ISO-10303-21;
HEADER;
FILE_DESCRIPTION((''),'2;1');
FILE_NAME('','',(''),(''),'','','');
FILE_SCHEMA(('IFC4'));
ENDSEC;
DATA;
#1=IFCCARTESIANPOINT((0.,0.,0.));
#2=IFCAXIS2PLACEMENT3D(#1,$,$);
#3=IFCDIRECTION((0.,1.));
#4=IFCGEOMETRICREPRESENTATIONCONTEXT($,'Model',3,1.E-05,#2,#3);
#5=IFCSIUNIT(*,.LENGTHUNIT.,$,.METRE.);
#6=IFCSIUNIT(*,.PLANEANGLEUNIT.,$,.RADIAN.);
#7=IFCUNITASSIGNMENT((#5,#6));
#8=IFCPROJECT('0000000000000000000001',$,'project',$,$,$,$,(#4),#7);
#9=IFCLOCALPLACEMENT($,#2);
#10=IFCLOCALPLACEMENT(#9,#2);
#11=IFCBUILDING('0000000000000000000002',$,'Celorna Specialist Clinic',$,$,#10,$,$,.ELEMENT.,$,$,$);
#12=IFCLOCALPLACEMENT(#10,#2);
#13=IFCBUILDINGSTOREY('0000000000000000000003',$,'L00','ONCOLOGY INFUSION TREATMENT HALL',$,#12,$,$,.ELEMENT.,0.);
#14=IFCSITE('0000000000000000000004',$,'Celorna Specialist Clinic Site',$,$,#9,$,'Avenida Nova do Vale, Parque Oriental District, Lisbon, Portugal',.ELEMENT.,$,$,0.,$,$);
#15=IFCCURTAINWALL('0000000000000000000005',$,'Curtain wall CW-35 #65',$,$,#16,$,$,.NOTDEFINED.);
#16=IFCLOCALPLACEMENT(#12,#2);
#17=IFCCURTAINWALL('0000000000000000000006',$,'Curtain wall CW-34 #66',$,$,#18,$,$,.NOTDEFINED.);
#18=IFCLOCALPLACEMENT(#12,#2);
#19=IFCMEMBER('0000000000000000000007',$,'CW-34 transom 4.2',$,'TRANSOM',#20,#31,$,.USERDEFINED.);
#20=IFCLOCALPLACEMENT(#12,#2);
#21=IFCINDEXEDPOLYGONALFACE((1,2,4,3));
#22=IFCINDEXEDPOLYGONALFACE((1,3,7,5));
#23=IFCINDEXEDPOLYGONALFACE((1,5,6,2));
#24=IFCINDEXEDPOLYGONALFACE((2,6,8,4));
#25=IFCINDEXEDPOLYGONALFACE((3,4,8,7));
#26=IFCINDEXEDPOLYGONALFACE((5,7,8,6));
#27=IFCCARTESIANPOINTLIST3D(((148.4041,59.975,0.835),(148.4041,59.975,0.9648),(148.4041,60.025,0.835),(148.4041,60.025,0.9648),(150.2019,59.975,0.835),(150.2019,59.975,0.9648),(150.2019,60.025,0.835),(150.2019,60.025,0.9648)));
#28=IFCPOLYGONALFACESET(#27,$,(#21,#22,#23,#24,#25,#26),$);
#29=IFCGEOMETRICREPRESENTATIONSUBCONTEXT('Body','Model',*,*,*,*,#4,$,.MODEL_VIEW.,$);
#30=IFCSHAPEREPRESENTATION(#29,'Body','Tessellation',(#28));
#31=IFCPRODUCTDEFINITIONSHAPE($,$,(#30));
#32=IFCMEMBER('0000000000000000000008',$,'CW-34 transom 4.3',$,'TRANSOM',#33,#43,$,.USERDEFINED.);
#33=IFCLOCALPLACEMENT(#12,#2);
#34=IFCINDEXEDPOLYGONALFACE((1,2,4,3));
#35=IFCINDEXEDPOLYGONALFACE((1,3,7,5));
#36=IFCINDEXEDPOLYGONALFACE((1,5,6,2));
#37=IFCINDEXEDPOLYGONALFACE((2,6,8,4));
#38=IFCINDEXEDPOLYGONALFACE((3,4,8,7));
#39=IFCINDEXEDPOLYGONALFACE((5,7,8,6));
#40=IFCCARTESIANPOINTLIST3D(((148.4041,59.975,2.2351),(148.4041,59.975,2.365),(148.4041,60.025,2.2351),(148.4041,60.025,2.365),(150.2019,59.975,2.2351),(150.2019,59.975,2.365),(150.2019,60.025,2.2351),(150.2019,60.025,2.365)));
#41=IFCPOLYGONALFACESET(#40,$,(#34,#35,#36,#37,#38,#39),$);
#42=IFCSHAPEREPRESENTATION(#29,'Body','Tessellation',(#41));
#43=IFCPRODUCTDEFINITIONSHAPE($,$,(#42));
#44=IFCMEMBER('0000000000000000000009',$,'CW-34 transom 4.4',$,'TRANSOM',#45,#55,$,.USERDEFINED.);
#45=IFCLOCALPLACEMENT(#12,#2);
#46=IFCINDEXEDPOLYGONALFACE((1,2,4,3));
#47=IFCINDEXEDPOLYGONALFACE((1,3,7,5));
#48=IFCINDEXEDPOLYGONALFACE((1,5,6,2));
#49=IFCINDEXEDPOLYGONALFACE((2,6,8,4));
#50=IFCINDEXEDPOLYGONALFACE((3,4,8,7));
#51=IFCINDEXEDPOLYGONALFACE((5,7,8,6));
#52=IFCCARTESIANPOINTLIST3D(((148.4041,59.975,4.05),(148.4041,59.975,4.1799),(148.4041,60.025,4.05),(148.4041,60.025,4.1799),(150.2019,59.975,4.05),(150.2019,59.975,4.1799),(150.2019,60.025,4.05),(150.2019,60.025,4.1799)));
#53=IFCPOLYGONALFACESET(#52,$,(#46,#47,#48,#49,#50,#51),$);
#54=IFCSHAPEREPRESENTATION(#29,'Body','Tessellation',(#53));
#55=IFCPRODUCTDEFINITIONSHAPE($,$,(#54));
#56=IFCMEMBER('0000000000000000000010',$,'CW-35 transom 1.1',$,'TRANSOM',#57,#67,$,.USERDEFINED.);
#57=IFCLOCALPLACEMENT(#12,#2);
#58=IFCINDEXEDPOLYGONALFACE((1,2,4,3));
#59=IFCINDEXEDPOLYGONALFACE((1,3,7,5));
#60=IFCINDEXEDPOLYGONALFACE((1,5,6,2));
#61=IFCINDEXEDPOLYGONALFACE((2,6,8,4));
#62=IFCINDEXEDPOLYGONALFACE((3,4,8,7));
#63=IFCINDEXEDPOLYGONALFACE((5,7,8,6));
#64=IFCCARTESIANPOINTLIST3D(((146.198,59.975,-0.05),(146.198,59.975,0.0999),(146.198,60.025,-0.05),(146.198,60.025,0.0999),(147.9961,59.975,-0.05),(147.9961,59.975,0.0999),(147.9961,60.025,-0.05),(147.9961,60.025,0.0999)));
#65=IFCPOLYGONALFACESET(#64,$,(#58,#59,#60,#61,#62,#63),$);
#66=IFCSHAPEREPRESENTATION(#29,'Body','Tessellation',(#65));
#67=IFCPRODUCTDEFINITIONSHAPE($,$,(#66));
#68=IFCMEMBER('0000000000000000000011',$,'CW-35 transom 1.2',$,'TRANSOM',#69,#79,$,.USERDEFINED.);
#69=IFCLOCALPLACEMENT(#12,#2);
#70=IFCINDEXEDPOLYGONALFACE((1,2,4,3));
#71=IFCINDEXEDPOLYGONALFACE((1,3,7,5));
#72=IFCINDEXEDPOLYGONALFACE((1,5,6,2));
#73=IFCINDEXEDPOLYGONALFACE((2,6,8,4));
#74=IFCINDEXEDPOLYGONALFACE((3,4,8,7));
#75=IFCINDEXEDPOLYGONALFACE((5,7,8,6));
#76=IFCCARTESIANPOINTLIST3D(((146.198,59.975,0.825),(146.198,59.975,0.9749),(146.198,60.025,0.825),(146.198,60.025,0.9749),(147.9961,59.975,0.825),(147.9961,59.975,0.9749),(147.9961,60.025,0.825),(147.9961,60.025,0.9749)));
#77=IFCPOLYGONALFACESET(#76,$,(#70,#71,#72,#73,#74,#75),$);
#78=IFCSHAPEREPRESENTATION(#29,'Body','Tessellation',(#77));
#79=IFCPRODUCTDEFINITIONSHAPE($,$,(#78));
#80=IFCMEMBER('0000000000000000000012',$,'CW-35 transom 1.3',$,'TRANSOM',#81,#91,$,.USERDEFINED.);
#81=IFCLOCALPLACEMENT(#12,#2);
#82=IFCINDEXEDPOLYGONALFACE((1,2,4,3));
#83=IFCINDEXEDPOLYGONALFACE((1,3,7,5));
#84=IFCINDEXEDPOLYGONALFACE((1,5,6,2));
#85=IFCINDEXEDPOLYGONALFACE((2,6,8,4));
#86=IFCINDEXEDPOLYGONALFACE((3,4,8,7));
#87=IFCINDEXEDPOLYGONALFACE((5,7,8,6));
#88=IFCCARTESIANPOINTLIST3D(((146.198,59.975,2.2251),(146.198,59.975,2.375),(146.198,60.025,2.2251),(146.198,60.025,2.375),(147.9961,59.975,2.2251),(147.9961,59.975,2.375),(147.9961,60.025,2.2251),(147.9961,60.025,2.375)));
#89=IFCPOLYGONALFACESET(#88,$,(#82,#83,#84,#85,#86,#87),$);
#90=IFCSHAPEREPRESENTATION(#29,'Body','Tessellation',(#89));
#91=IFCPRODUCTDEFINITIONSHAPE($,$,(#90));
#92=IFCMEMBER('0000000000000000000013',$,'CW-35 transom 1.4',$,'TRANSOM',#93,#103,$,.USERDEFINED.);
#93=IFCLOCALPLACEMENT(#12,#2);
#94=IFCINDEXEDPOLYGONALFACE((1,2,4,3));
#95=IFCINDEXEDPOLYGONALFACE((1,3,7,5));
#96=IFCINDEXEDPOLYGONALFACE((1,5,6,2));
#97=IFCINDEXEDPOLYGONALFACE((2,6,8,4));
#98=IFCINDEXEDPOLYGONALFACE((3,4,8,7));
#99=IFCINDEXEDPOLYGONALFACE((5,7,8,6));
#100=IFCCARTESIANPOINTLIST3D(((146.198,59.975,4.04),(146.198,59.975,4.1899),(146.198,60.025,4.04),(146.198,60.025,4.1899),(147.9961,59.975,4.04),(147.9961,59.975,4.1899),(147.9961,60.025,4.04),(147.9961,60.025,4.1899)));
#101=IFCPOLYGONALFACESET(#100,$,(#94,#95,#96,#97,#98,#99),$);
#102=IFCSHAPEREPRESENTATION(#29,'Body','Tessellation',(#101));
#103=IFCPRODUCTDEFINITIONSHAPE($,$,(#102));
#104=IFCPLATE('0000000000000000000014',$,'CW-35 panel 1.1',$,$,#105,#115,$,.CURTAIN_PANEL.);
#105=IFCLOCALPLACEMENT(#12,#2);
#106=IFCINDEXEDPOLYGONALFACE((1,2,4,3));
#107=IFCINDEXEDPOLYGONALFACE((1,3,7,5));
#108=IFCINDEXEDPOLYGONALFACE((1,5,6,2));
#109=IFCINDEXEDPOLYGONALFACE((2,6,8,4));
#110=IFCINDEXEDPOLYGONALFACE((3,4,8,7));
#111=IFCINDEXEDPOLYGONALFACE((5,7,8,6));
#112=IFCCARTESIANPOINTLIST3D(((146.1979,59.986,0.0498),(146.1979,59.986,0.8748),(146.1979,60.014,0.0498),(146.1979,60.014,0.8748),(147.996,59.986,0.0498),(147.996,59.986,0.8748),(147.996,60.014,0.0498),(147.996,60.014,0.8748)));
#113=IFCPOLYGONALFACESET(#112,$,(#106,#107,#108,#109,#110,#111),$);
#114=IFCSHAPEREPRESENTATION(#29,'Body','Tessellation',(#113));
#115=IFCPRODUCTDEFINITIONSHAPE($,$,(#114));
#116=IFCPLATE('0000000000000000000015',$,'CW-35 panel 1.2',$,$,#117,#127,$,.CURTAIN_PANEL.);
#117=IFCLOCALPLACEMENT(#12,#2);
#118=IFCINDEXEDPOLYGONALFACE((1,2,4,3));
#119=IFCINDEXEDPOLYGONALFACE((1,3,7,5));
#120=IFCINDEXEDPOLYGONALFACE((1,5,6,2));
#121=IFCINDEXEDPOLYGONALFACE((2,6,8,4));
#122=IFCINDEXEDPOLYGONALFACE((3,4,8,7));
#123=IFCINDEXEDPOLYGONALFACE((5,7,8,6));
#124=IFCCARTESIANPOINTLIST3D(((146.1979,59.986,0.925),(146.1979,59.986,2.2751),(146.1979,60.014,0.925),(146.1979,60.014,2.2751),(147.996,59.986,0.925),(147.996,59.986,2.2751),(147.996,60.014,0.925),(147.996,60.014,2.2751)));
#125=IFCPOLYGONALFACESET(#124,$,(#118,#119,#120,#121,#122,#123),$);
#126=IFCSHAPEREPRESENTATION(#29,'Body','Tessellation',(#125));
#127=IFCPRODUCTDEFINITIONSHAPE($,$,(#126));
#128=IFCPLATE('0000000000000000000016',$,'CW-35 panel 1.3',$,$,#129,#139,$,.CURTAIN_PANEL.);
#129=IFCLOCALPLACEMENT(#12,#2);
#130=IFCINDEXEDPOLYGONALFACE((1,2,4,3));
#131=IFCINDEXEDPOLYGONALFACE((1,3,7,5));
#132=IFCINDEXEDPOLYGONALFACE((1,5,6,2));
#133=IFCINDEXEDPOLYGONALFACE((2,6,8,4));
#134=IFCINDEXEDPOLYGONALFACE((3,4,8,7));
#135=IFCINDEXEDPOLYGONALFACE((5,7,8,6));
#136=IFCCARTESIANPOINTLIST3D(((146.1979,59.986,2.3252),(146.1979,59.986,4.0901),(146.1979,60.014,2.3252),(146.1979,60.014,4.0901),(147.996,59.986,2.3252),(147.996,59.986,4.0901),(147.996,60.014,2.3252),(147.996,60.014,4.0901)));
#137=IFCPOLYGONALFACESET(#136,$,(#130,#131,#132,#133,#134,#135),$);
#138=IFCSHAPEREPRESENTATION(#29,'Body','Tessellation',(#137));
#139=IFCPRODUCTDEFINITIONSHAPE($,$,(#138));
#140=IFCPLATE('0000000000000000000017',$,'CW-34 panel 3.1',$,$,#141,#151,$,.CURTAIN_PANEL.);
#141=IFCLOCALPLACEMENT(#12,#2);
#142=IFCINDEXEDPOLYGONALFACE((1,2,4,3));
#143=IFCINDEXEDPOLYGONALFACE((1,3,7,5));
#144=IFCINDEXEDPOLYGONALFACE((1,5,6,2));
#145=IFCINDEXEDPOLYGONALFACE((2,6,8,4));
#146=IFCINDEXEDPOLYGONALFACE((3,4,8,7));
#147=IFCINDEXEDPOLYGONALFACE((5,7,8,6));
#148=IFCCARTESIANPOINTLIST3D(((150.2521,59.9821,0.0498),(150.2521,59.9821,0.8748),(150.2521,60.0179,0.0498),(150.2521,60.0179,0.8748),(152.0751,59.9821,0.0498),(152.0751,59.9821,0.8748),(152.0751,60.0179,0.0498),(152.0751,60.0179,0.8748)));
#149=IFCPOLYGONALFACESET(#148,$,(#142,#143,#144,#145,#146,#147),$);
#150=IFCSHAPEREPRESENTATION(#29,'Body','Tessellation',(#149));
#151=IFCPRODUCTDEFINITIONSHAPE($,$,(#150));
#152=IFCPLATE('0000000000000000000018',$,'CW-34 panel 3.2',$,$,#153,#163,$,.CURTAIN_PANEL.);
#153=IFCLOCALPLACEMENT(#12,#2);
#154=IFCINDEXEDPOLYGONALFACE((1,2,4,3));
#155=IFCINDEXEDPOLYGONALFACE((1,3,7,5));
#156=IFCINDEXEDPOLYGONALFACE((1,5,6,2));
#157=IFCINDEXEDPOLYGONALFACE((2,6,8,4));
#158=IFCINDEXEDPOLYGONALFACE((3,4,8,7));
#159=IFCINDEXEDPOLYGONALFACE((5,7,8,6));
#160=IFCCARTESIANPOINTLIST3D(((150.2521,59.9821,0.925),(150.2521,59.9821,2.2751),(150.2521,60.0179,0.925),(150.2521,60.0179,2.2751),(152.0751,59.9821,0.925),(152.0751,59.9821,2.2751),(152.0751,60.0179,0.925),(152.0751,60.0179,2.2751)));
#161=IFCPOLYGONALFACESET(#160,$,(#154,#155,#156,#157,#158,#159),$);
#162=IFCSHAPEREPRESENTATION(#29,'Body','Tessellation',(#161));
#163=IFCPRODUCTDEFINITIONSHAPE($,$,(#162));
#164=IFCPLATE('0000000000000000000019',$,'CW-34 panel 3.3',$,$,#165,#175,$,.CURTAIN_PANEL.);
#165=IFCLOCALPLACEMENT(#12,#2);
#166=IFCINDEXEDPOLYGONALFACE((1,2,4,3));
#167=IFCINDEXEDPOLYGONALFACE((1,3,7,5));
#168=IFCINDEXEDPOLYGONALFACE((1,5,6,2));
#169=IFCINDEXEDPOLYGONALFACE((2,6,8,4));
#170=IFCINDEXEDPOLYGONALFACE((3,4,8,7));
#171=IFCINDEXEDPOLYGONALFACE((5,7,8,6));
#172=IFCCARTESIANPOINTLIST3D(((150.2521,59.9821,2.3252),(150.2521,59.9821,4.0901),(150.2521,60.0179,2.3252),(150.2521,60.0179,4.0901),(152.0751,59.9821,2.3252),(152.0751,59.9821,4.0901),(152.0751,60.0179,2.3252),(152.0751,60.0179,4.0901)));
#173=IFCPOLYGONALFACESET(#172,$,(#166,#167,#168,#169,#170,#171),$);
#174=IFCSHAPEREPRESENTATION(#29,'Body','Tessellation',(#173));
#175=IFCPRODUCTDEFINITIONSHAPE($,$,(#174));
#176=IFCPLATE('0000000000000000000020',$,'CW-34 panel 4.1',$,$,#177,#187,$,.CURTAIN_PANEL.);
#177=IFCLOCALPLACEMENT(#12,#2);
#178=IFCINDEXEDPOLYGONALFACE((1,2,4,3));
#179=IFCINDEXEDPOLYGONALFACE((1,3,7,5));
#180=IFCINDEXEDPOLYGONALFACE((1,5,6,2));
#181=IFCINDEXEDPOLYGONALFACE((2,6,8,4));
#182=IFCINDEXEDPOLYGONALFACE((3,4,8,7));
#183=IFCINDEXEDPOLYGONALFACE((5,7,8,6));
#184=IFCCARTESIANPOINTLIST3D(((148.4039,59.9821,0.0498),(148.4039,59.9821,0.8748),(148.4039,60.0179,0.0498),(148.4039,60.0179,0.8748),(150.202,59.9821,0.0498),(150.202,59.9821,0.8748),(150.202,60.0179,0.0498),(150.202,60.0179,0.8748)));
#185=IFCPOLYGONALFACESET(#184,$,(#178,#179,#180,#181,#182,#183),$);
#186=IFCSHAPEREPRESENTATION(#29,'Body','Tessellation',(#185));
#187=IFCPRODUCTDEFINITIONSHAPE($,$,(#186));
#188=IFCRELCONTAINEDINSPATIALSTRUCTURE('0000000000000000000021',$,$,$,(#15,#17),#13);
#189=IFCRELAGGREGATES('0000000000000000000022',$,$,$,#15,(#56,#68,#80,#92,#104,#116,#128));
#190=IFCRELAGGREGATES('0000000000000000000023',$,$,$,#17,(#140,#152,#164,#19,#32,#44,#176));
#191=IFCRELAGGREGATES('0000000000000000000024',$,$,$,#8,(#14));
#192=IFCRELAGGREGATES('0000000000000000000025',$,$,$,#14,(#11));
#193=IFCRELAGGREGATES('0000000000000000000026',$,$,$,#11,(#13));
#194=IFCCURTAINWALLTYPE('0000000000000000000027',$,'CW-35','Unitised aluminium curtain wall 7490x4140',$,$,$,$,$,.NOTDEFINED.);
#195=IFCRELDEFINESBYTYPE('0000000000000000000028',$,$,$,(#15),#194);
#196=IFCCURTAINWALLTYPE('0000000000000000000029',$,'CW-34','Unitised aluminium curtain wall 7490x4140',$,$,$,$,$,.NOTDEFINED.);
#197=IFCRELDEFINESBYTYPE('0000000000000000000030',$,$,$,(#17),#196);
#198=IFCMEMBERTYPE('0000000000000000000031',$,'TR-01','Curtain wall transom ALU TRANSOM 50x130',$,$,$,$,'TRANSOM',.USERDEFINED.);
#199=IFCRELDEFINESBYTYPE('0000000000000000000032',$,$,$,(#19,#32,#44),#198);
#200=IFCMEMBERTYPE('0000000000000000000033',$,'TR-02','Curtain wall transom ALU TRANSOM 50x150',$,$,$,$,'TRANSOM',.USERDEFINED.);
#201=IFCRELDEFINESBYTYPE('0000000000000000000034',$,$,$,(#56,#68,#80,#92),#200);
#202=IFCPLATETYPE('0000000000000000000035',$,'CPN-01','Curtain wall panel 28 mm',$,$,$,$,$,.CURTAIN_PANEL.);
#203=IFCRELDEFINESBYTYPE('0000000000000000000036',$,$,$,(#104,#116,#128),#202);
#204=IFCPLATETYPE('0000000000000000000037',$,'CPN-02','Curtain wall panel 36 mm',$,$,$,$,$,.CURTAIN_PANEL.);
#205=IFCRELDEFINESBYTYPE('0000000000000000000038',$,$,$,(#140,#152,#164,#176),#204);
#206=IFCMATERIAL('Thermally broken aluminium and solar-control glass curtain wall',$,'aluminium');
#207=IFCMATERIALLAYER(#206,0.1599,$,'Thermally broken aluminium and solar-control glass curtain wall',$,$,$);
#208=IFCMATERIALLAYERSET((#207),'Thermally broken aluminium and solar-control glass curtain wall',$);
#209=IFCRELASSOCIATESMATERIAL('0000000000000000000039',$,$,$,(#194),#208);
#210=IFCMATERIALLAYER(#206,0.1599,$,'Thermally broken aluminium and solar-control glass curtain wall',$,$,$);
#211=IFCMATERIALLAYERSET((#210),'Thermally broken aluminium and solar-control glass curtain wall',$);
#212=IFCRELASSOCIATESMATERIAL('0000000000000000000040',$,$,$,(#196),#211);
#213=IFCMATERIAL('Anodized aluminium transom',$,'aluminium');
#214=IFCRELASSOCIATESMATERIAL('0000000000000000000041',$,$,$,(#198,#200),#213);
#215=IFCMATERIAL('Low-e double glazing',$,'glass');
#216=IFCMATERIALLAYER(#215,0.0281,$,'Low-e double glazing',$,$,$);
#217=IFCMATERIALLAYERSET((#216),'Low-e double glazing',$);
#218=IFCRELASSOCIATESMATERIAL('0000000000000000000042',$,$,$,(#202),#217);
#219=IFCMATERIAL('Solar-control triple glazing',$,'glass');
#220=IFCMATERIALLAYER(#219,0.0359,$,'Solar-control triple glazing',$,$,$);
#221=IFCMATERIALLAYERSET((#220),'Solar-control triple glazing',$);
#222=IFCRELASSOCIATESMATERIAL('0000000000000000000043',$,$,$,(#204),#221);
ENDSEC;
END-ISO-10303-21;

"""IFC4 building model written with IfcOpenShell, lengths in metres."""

from ifc_helpers import new_model, si_unit, direction, frame, origin, origin_2d, place, context, subcontext, project, spatial, rectangle, extrude, material, layer, layer_set, material_profile, profile_set, type_object, element, aggregate, save


model = new_model("IFC4")

# Units and contexts
model_context = context("Model", 3, precision=1e-05, world=origin(), true_north=direction((0.0, 1.0)))
body_context = subcontext(model_context, "Body", "Model", "MODEL_VIEW")
ifc_project = project(units=[si_unit("LENGTHUNIT", "METRE"), si_unit("PLANEANGLEUNIT", "RADIAN")], contexts=[model_context])

# Site, building, storey
site_placement = place(None, origin())
site = spatial("IfcSite", under=ifc_project, at=site_placement, Name="Celorna Specialist Clinic Site", LongName="Avenida Nova do Vale, Parque Oriental District, Lisbon, Portugal", CompositionType="ELEMENT", RefElevation=0.0)
building_placement = place(site_placement, origin())
building = spatial("IfcBuilding", under=site, at=building_placement, Name="Celorna Specialist Clinic", CompositionType="ELEMENT")
storey_placement = place(building_placement, origin())
storey = spatial("IfcBuildingStorey", under=building, at=storey_placement, Name="L00", Description="ONCOLOGY INFUSION TREATMENT HALL", CompositionType="ELEMENT", Elevation=0.0)

# Curtain wall
ifc_material_1 = material(Name="Thermally broken aluminium and solar-control glass curtain wall", Category="aluminium")
ifc_layer_1 = layer(ifc_material_1, 0.1599, Name="Thermally broken aluminium and solar-control glass curtain wall")
ifc_layer_set_1 = layer_set([ifc_layer_1], Name="Thermally broken aluminium and solar-control glass curtain wall")
curtain_wall_type_1 = type_object("IfcCurtainWallType", Name="CW-35", Description="Unitised aluminium curtain wall 7490x4140", PredefinedType="NOTDEFINED", material=ifc_layer_set_1)
curtain_wall_1_placement = place(storey_placement, origin())
curtain_wall_1 = element("IfcCurtainWall", 1, at=curtain_wall_1_placement, inside=storey, type_object=curtain_wall_type_1, Name="Curtain wall CW-35 #65", PredefinedType="NOTDEFINED")

# Curtain wall, members
ifc_layer_2 = layer(ifc_material_1, 0.1599, Name="Thermally broken aluminium and solar-control glass curtain wall")
ifc_layer_set_2 = layer_set([ifc_layer_2], Name="Thermally broken aluminium and solar-control glass curtain wall")
curtain_wall_type_2 = type_object("IfcCurtainWallType", Name="CW-34", Description="Unitised aluminium curtain wall 7490x4140", PredefinedType="NOTDEFINED", material=ifc_layer_set_2)
curtain_wall_2_placement = place(storey_placement, origin())
curtain_wall_2 = element("IfcCurtainWall", 2, at=curtain_wall_2_placement, inside=storey, type_object=curtain_wall_type_2, Name="Curtain wall CW-34 #66", PredefinedType="NOTDEFINED")
ifc_material_2 = material(Name="Anodized aluminium transom", Category="aluminium")
ifc_material_profile_1 = material_profile(ifc_material_2, rectangle(XDim=0.05, YDim=0.1299, at=origin_2d()), Name="ALU TRANSOM 50x130")
ifc_profile_set_1 = profile_set([ifc_material_profile_1], Name="Anodized aluminium transom")
member_type_1 = type_object("IfcMemberType", Name="TR-01", Description="Curtain wall transom ALU TRANSOM 50x130", ElementType="TRANSOM", PredefinedType="USERDEFINED", material=ifc_profile_set_1)
member_1_placement = place(storey_placement, frame((150.2019, 60.0, 0.8999), z_axis=(-1.0, 0.0, 0.0), x_axis=(0.0, -1.0, 0.0)))
member_1 = element("IfcMember", 3, at=member_1_placement, type_object=member_type_1, Name="CW-34 transom 4.2", ObjectType="TRANSOM", PredefinedType="USERDEFINED", context=body_context, shape_type="SweptSolid", body=[
    extrude(rectangle(XDim=0.05, YDim=0.1299, at=origin_2d()), origin(), (0.0, 0.0, 1.0), 1.7979),
])
member_2_placement = place(storey_placement, frame((150.2019, 60.0, 2.3), z_axis=(-1.0, 0.0, 0.0), x_axis=(0.0, -1.0, 0.0)))
member_2 = element("IfcMember", 4, at=member_2_placement, type_object=member_type_1, Name="CW-34 transom 4.3", ObjectType="TRANSOM", PredefinedType="USERDEFINED", context=body_context, shape_type="SweptSolid", body=[
    extrude(rectangle(XDim=0.05, YDim=0.1299, at=origin_2d()), origin(), (0.0, 0.0, 1.0), 1.7979),
])
member_3_placement = place(storey_placement, frame((150.2019, 60.0, 4.115), z_axis=(-1.0, 0.0, 0.0), x_axis=(0.0, -1.0, 0.0)))
member_3 = element("IfcMember", 5, at=member_3_placement, type_object=member_type_1, Name="CW-34 transom 4.4", ObjectType="TRANSOM", PredefinedType="USERDEFINED", context=body_context, shape_type="SweptSolid", body=[
    extrude(rectangle(XDim=0.05, YDim=0.1299, at=origin_2d()), origin(), (0.0, 0.0, 1.0), 1.7979),
])

# Members
ifc_material_profile_2 = material_profile(ifc_material_2, rectangle(XDim=0.05, YDim=0.1499, at=origin_2d()), Name="ALU TRANSOM 50x150")
ifc_profile_set_2 = profile_set([ifc_material_profile_2], Name="Anodized aluminium transom")
member_type_2 = type_object("IfcMemberType", Name="TR-02", Description="Curtain wall transom ALU TRANSOM 50x150", ElementType="TRANSOM", PredefinedType="USERDEFINED", material=ifc_profile_set_2)
member_4_placement = place(storey_placement, frame((147.9961, 60.0, 0.0249), z_axis=(-1.0, 0.0, 0.0), x_axis=(0.0, -1.0, 0.0)))
member_4 = element("IfcMember", 6, at=member_4_placement, type_object=member_type_2, Name="CW-35 transom 1.1", ObjectType="TRANSOM", PredefinedType="USERDEFINED", context=body_context, shape_type="SweptSolid", body=[
    extrude(rectangle(XDim=0.05, YDim=0.1499, at=origin_2d()), origin(), (0.0, 0.0, 1.0), 1.7981),
])
member_5_placement = place(storey_placement, frame((147.9961, 60.0, 0.8999), z_axis=(-1.0, 0.0, 0.0), x_axis=(0.0, -1.0, 0.0)))
member_5 = element("IfcMember", 7, at=member_5_placement, type_object=member_type_2, Name="CW-35 transom 1.2", ObjectType="TRANSOM", PredefinedType="USERDEFINED", context=body_context, shape_type="SweptSolid", body=[
    extrude(rectangle(XDim=0.05, YDim=0.1499, at=origin_2d()), origin(), (0.0, 0.0, 1.0), 1.7981),
])
member_6_placement = place(storey_placement, frame((147.9961, 60.0, 2.3), z_axis=(-1.0, 0.0, 0.0), x_axis=(0.0, -1.0, 0.0)))
member_6 = element("IfcMember", 8, at=member_6_placement, type_object=member_type_2, Name="CW-35 transom 1.3", ObjectType="TRANSOM", PredefinedType="USERDEFINED", context=body_context, shape_type="SweptSolid", body=[
    extrude(rectangle(XDim=0.05, YDim=0.1499, at=origin_2d()), origin(), (0.0, 0.0, 1.0), 1.7981),
])
member_7_placement = place(storey_placement, frame((147.9961, 60.0, 4.115), z_axis=(-1.0, 0.0, 0.0), x_axis=(0.0, -1.0, 0.0)))
member_7 = element("IfcMember", 9, at=member_7_placement, type_object=member_type_2, Name="CW-35 transom 1.4", ObjectType="TRANSOM", PredefinedType="USERDEFINED", context=body_context, shape_type="SweptSolid", body=[
    extrude(rectangle(XDim=0.05, YDim=0.1499, at=origin_2d()), origin(), (0.0, 0.0, 1.0), 1.7981),
])

# Plates
ifc_material_3 = material(Name="Low-e double glazing", Category="glass")
ifc_layer_3 = layer(ifc_material_3, 0.0281, Name="Low-e double glazing")
ifc_layer_set_3 = layer_set([ifc_layer_3], Name="Low-e double glazing")
plate_type_1 = type_object("IfcPlateType", Name="CPN-01", Description="Curtain wall panel 28 mm", PredefinedType="CURTAIN_PANEL", material=ifc_layer_set_3)
plate_1_placement = place(storey_placement, frame((147.0969, 60.0, 0.0498), z_axis=(0.0, 0.0, 1.0), x_axis=(-1.0, 0.0, 0.0)))
plate_1 = element("IfcPlate", 10, at=plate_1_placement, type_object=plate_type_1, Name="CW-35 panel 1.1", PredefinedType="CURTAIN_PANEL", context=body_context, shape_type="SweptSolid", body=[
    extrude(rectangle(XDim=1.7981, YDim=0.0281, at=origin_2d()), origin(), (0.0, 0.0, 1.0), 0.825),
])
plate_2_placement = place(storey_placement, frame((147.0969, 60.0, 0.925), z_axis=(0.0, 0.0, 1.0), x_axis=(-1.0, 0.0, 0.0)))
plate_2 = element("IfcPlate", 11, at=plate_2_placement, type_object=plate_type_1, Name="CW-35 panel 1.2", PredefinedType="CURTAIN_PANEL", context=body_context, shape_type="SweptSolid", body=[
    extrude(rectangle(XDim=1.7981, YDim=0.0281, at=origin_2d()), origin(), (0.0, 0.0, 1.0), 1.3501),
])
plate_3_placement = place(storey_placement, frame((147.0969, 60.0, 2.3252), z_axis=(0.0, 0.0, 1.0), x_axis=(-1.0, 0.0, 0.0)))
plate_3 = element("IfcPlate", 12, at=plate_3_placement, type_object=plate_type_1, Name="CW-35 panel 1.3", PredefinedType="CURTAIN_PANEL", context=body_context, shape_type="SweptSolid", body=[
    extrude(rectangle(XDim=1.7981, YDim=0.0281, at=origin_2d()), origin(), (0.0, 0.0, 1.0), 1.7649),
])
aggregate(curtain_wall_1, [member_4, member_5, member_6, member_7, plate_1, plate_2, plate_3])
ifc_material_4 = material(Name="Solar-control triple glazing", Category="glass")
ifc_layer_4 = layer(ifc_material_4, 0.0359, Name="Solar-control triple glazing")
ifc_layer_set_4 = layer_set([ifc_layer_4], Name="Solar-control triple glazing")
plate_type_2 = type_object("IfcPlateType", Name="CPN-02", Description="Curtain wall panel 36 mm", PredefinedType="CURTAIN_PANEL", material=ifc_layer_set_4)
plate_4_placement = place(storey_placement, frame((151.1636, 60.0, 0.0498), z_axis=(0.0, 0.0, 1.0), x_axis=(-1.0, 0.0, 0.0)))
plate_4 = element("IfcPlate", 13, at=plate_4_placement, type_object=plate_type_2, Name="CW-34 panel 3.1", PredefinedType="CURTAIN_PANEL", context=body_context, shape_type="SweptSolid", body=[
    extrude(rectangle(XDim=1.823, YDim=0.0359, at=origin_2d()), origin(), (0.0, 0.0, 1.0), 0.825),
])
plate_5_placement = place(storey_placement, frame((151.1636, 60.0, 0.925), z_axis=(0.0, 0.0, 1.0), x_axis=(-1.0, 0.0, 0.0)))
plate_5 = element("IfcPlate", 14, at=plate_5_placement, type_object=plate_type_2, Name="CW-34 panel 3.2", PredefinedType="CURTAIN_PANEL", context=body_context, shape_type="SweptSolid", body=[
    extrude(rectangle(XDim=1.823, YDim=0.0359, at=origin_2d()), origin(), (0.0, 0.0, 1.0), 1.3501),
])
plate_6_placement = place(storey_placement, frame((151.1636, 60.0, 2.3252), z_axis=(0.0, 0.0, 1.0), x_axis=(-1.0, 0.0, 0.0)))
plate_6 = element("IfcPlate", 15, at=plate_6_placement, type_object=plate_type_2, Name="CW-34 panel 3.3", PredefinedType="CURTAIN_PANEL", context=body_context, shape_type="SweptSolid", body=[
    extrude(rectangle(XDim=1.823, YDim=0.0359, at=origin_2d()), origin(), (0.0, 0.0, 1.0), 1.7649),
])
plate_7_placement = place(storey_placement, frame((149.303, 60.0, 0.0498), z_axis=(0.0, 0.0, 1.0), x_axis=(-1.0, 0.0, 0.0)))
plate_7 = element("IfcPlate", 16, at=plate_7_placement, type_object=plate_type_2, Name="CW-34 panel 4.1", PredefinedType="CURTAIN_PANEL", context=body_context, shape_type="SweptSolid", body=[
    extrude(rectangle(XDim=1.7981, YDim=0.0359, at=origin_2d()), origin(), (0.0, 0.0, 1.0), 0.825),
])
aggregate(curtain_wall_2, [plate_4, plate_5, plate_6, member_1, member_2, member_3, plate_7])

save(model, "model.ifc")
